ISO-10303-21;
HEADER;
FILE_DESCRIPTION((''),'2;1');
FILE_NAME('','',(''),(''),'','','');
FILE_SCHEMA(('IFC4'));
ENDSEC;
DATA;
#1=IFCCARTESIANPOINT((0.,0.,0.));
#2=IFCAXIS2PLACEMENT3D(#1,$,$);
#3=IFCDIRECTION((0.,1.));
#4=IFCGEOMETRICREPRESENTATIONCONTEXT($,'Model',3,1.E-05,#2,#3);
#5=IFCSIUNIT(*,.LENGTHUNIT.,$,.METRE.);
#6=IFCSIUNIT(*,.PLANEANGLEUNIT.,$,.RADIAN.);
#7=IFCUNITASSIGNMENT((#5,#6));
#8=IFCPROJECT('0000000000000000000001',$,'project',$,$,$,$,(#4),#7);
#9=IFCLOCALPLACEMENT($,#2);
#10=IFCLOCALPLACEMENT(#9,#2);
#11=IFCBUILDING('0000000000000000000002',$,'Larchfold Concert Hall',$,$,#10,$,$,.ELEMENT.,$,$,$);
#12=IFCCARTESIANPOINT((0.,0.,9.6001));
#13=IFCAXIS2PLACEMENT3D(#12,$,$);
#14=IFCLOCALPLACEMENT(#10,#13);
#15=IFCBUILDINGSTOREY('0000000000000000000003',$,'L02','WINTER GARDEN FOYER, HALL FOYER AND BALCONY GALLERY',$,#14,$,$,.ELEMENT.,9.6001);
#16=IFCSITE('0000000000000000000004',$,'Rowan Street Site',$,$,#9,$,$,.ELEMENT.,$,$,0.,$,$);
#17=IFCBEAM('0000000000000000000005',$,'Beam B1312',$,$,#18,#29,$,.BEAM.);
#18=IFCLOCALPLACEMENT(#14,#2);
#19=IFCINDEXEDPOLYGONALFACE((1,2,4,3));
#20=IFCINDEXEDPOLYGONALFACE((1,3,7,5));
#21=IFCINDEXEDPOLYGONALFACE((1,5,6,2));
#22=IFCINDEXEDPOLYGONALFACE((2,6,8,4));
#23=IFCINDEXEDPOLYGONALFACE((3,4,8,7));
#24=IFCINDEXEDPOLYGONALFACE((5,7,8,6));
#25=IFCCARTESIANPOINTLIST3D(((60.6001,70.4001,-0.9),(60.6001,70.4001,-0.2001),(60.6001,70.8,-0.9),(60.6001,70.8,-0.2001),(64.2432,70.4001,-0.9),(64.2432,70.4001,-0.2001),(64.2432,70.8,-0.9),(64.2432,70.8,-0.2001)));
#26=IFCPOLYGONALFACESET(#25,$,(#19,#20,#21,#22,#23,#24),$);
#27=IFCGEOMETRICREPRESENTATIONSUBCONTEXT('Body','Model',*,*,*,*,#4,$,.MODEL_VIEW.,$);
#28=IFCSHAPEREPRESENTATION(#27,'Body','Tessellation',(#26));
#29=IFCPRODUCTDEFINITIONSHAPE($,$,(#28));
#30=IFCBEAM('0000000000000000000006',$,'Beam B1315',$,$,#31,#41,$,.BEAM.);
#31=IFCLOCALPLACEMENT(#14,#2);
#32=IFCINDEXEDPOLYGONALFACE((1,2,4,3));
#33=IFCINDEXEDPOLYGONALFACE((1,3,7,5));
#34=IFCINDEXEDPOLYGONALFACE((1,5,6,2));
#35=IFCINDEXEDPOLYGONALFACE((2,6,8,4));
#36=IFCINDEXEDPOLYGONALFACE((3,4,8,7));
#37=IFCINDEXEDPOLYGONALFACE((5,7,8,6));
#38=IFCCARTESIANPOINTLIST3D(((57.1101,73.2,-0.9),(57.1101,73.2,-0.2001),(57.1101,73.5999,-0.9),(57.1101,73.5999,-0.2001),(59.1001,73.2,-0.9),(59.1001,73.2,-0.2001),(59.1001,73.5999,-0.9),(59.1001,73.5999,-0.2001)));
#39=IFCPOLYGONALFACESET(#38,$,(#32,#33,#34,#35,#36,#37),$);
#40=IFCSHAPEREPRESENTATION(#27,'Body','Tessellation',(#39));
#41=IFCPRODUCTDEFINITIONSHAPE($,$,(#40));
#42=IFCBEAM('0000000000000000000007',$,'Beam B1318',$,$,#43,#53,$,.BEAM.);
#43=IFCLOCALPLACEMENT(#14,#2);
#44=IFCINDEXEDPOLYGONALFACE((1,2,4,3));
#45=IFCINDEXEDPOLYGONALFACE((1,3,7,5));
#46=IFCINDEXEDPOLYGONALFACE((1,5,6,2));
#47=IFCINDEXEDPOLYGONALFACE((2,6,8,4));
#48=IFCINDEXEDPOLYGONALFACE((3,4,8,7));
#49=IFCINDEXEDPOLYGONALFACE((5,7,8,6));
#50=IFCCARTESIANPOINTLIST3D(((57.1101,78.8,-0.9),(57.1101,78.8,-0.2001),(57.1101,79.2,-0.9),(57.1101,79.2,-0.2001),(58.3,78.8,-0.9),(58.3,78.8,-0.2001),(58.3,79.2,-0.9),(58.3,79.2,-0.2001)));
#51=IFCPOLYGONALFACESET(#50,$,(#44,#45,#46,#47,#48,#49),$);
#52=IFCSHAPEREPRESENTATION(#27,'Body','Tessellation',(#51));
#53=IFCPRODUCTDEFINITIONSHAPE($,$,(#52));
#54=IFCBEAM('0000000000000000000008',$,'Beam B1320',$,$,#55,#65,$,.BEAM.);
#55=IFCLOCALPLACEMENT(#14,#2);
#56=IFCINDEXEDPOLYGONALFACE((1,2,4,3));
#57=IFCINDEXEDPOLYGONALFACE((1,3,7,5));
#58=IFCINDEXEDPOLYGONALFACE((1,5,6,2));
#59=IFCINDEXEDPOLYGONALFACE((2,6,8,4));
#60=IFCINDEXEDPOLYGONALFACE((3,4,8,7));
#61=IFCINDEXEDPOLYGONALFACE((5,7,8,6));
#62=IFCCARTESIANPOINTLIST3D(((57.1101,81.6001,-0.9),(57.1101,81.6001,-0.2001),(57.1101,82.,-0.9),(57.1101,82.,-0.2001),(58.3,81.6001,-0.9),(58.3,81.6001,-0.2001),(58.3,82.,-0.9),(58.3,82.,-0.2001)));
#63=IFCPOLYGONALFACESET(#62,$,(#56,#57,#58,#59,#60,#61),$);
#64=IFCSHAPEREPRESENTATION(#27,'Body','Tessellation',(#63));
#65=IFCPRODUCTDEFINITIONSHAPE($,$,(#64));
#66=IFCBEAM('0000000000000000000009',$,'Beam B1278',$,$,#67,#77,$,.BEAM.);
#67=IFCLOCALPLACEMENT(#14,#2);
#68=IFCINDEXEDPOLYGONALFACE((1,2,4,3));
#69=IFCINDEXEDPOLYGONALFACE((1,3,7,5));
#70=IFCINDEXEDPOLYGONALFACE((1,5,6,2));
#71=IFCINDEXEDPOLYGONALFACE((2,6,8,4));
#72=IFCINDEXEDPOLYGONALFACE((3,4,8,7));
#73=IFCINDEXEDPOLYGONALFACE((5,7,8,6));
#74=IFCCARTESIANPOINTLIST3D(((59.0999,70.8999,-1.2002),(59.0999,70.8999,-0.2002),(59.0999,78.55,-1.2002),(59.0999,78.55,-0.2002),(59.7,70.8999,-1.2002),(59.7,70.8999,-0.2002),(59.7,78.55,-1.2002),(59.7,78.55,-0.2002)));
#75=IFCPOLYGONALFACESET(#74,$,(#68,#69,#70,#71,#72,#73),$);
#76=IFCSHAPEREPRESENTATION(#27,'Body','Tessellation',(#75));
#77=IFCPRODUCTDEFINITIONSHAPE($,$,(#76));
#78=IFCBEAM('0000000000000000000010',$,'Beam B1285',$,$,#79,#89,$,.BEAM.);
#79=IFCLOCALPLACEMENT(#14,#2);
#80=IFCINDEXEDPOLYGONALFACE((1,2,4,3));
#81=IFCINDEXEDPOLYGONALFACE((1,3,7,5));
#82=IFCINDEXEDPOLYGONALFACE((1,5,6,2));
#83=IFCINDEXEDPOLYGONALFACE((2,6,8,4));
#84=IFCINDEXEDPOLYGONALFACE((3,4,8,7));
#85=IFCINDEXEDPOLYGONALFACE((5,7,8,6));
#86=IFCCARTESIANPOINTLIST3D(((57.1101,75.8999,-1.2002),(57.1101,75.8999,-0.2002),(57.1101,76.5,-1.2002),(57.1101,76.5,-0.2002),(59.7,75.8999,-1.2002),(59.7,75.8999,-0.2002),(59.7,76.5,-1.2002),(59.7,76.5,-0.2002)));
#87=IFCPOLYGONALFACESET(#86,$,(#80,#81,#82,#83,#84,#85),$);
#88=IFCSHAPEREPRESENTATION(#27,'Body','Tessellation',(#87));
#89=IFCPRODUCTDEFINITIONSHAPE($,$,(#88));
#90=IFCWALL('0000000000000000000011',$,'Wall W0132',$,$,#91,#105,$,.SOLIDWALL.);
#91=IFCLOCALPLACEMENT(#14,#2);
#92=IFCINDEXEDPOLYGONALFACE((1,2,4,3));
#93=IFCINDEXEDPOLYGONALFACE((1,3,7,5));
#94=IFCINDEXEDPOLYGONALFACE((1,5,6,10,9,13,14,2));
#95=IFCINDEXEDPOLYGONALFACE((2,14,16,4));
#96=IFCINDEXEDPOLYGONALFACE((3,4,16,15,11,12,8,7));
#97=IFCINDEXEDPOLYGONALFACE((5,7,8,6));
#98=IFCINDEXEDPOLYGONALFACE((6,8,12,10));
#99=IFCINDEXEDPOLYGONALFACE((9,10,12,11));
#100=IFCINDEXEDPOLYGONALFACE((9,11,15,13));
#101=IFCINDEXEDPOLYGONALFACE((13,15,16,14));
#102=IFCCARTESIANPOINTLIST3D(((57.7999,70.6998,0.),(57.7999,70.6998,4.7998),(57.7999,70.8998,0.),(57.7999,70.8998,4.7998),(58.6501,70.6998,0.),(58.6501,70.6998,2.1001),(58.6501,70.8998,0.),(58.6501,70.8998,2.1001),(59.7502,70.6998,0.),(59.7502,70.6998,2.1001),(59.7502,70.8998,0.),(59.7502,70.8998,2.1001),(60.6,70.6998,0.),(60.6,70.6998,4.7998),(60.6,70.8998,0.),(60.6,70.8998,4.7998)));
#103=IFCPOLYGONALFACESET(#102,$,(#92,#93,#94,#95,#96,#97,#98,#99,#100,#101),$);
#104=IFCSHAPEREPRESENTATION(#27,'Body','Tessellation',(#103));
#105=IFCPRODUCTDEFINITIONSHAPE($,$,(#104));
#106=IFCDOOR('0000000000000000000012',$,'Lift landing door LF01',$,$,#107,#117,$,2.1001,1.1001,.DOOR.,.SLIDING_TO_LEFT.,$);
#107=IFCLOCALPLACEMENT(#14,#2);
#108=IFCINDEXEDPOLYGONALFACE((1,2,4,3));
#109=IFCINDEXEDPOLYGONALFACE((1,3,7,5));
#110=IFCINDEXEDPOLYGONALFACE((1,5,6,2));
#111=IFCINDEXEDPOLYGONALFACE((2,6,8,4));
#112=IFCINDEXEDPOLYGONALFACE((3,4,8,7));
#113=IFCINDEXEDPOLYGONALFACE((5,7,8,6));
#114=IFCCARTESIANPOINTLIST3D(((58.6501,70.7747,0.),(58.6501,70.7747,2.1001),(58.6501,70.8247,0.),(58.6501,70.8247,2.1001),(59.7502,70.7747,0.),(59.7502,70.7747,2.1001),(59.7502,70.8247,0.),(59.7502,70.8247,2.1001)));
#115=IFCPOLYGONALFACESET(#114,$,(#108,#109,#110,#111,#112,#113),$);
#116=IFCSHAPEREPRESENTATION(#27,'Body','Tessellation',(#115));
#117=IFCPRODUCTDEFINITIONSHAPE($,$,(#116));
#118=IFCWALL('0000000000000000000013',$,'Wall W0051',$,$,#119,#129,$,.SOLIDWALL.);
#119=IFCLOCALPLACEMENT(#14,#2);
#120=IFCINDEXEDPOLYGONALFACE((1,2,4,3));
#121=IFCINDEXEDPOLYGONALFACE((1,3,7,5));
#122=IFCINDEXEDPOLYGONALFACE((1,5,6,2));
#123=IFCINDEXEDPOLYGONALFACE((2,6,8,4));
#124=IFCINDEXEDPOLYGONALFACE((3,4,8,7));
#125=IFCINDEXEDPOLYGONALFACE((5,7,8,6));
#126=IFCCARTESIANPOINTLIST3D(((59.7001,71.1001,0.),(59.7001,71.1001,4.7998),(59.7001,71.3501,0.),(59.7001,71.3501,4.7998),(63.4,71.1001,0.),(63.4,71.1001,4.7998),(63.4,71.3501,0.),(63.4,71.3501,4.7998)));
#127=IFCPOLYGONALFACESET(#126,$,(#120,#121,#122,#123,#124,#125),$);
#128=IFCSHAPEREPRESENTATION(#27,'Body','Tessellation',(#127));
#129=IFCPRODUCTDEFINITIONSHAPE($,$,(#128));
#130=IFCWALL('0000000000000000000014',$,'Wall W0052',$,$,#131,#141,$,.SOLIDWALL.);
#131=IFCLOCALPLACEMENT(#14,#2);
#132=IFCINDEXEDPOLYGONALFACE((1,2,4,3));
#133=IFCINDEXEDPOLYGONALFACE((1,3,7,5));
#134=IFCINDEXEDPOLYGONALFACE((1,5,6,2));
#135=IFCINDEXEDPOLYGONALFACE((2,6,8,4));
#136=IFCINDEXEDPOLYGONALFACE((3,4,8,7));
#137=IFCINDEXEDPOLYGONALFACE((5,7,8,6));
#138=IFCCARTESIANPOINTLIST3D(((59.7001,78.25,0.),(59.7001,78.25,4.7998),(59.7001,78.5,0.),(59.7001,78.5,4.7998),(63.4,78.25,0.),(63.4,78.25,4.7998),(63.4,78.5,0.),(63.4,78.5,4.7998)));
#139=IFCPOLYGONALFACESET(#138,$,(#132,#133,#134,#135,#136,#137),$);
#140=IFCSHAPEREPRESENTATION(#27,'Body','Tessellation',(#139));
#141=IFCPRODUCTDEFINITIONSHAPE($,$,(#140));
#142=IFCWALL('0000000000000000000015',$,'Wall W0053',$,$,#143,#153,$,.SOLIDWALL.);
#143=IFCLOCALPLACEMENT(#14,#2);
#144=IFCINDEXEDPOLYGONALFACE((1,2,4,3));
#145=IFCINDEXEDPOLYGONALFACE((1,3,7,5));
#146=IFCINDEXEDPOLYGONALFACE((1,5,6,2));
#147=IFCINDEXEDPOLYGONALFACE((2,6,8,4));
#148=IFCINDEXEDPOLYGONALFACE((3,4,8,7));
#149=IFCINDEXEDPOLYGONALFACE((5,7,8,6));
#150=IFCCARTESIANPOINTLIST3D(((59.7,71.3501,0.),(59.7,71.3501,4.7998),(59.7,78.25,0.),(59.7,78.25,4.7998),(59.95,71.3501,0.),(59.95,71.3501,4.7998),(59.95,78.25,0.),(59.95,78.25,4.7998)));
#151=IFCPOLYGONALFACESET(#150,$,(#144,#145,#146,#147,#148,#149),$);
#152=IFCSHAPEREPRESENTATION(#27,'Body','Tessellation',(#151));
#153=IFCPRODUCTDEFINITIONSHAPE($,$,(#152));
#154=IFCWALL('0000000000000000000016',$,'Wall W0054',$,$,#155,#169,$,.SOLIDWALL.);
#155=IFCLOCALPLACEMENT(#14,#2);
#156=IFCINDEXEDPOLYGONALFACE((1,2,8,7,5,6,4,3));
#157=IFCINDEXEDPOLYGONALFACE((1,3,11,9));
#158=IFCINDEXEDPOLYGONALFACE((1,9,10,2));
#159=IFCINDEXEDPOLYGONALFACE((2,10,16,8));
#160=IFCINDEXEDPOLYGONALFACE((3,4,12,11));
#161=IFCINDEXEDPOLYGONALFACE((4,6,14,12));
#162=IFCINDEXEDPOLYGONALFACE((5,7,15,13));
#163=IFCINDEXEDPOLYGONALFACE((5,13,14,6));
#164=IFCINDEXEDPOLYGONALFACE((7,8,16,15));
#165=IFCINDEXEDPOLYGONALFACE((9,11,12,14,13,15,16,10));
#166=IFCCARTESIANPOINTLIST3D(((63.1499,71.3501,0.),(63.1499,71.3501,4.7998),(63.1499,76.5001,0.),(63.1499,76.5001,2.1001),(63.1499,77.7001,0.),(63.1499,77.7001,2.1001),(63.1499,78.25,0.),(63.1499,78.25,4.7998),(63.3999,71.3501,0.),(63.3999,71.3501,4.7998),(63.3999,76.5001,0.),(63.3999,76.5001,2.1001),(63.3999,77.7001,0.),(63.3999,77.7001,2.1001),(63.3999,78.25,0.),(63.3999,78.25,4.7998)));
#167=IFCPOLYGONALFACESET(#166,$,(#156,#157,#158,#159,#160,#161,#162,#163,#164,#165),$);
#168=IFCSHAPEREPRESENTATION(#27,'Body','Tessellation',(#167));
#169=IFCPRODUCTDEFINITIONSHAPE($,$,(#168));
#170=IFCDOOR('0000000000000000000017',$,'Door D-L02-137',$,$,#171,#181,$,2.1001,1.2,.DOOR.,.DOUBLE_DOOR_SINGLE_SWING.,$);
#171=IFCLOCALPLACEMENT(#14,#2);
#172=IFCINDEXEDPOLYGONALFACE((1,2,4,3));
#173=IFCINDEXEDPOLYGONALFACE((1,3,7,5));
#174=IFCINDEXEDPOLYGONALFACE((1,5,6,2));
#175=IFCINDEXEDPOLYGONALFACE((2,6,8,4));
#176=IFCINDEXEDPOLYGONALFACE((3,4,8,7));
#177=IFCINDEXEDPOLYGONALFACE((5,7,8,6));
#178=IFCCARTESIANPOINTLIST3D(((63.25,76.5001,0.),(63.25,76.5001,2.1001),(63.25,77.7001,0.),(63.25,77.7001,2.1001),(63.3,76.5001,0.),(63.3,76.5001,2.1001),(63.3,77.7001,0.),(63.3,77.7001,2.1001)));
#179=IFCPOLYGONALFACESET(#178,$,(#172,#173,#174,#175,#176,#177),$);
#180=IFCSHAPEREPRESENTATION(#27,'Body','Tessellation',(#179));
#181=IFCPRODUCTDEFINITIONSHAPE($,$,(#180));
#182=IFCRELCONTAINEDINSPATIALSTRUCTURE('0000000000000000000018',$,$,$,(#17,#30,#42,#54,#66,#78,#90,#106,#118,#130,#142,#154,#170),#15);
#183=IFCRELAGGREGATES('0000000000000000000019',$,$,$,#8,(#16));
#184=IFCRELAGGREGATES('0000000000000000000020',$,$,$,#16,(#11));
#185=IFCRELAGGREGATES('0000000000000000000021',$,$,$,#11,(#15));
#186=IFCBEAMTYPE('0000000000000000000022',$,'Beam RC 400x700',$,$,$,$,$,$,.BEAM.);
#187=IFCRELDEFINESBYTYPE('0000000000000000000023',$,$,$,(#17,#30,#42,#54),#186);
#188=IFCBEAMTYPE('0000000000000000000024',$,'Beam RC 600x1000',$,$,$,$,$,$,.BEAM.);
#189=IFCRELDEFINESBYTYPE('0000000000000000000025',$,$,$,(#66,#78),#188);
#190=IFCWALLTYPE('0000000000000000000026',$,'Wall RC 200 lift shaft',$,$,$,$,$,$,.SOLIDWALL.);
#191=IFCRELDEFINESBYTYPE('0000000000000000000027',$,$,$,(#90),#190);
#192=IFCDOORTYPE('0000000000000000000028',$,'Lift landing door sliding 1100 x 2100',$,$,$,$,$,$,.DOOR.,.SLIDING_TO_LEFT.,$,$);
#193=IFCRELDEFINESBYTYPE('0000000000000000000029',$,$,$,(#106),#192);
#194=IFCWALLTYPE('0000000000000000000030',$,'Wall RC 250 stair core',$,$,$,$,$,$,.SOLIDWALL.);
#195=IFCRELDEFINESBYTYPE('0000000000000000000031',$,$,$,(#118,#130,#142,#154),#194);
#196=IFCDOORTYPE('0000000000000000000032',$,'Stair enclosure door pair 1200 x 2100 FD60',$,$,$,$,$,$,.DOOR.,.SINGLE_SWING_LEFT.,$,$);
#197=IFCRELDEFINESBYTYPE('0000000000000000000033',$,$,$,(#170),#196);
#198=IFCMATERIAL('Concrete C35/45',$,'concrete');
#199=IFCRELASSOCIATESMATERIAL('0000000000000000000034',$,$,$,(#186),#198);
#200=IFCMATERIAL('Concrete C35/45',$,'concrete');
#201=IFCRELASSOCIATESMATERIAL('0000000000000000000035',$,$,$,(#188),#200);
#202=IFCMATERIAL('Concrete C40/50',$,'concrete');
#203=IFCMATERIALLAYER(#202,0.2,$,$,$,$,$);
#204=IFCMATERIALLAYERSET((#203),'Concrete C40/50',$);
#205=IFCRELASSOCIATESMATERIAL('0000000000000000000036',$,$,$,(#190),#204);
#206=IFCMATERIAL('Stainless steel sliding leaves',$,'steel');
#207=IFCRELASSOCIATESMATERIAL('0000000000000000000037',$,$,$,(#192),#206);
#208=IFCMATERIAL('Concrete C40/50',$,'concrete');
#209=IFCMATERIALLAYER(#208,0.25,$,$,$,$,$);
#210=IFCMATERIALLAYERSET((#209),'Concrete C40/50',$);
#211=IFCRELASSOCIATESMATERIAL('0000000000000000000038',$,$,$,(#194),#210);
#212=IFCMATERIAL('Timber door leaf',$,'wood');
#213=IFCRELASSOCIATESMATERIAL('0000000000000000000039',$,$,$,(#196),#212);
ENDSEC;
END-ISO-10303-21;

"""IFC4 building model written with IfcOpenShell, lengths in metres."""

from ifc_helpers import new_model, si_unit, direction, frame, frame_2d, origin, origin_2d, place, context, subcontext, project, spatial, rectangle, extrude, material, layer, layer_set, material_profile, profile_set, type_object, element, fill, save


model = new_model("IFC4")

# Units and contexts
model_context = context("Model", 3, precision=1e-05, world=origin(), true_north=direction((0.0, 1.0)))
body_context = subcontext(model_context, "Body", "Model", "MODEL_VIEW")
ifc_project = project(units=[si_unit("LENGTHUNIT", "METRE"), si_unit("PLANEANGLEUNIT", "RADIAN")], contexts=[model_context])

# Site, building, storey
site_placement = place(None, origin())
site = spatial("IfcSite", under=ifc_project, at=site_placement, Name="Rowan Street Site", CompositionType="ELEMENT", RefElevation=0.0)
building_placement = place(site_placement, origin())
building = spatial("IfcBuilding", under=site, at=building_placement, Name="Larchfold Concert Hall", CompositionType="ELEMENT")
storey_placement = place(building_placement, frame((0.0, 0.0, 9.6001)))
storey = spatial("IfcBuildingStorey", under=building, at=storey_placement, Name="L02", Description="WINTER GARDEN FOYER, HALL FOYER AND BALCONY GALLERY", CompositionType="ELEMENT", Elevation=9.6001)

# Beams
ifc_material_1 = material(Name="Concrete C35/45", Category="concrete")
ifc_material_profile_1 = material_profile(ifc_material_1, rectangle(XDim=0.3999, YDim=0.7, at=origin_2d()))
ifc_profile_set_1 = profile_set([ifc_material_profile_1], Name="Concrete C35/45")
beam_type_1 = type_object("IfcBeamType", Name="Beam RC 400x700", PredefinedType="BEAM", material=ifc_profile_set_1)
beam_1_placement = place(storey_placement, frame((60.6001, 70.6001, -0.55), z_axis=(1.0, 0.0, 0.0), x_axis=(0.0, 1.0, 0.0)))
element("IfcBeam", 1, at=beam_1_placement, inside=storey, type_object=beam_type_1, Name="Beam B1312", PredefinedType="BEAM", context=body_context, shape_type="SweptSolid", body=[
    extrude(rectangle(XDim=0.3999, YDim=0.7, at=origin_2d()), origin(), (0.0, 0.0, 1.0), 3.6431),
])
beam_2_placement = place(storey_placement, frame((57.1101, 73.3999, -0.55), z_axis=(1.0, 0.0, 0.0), x_axis=(0.0, 1.0, 0.0)))
element("IfcBeam", 2, at=beam_2_placement, inside=storey, type_object=beam_type_1, Name="Beam B1315", PredefinedType="BEAM", context=body_context, shape_type="SweptSolid", body=[
    extrude(rectangle(XDim=0.3999, YDim=0.7, at=origin_2d()), origin(), (0.0, 0.0, 1.0), 1.99),
])
for number, where, z_axis, x_axis, name in (
    (3, (57.1101, 79.0, -0.55), (1.0, 0.0, 0.0), (0.0, 1.0, 0.0), "Beam B1318"),
    (4, (57.1101, 81.8, -0.55), (1.0, 0.0, 0.0), (0.0, 1.0, 0.0), "Beam B1320"),
):
    element("IfcBeam", number, at=place(storey_placement, frame(where, z_axis=z_axis, x_axis=x_axis)), inside=storey, type_object=beam_type_1, Name=name, PredefinedType="BEAM", context=body_context, shape_type="SweptSolid", body=[
        extrude(rectangle(XDim=0.3999, YDim=0.7, at=origin_2d()), origin(), (0.0, 0.0, 1.0), 1.1899),
    ])
ifc_material_2 = material(Name="Concrete C35/45", Category="concrete")
ifc_material_profile_2 = material_profile(ifc_material_2, rectangle(XDim=0.6001, YDim=1.0, at=origin_2d()))
ifc_profile_set_2 = profile_set([ifc_material_profile_2], Name="Concrete C35/45")
beam_type_2 = type_object("IfcBeamType", Name="Beam RC 600x1000", PredefinedType="BEAM", material=ifc_profile_set_2)
beam_3_placement = place(storey_placement, frame((59.3999, 70.8999, -0.7002), z_axis=(0.0, 1.0, 0.0), x_axis=(-1.0, 0.0, 0.0)))
element("IfcBeam", 5, at=beam_3_placement, inside=storey, type_object=beam_type_2, Name="Beam B1278", PredefinedType="BEAM", context=body_context, shape_type="SweptSolid", body=[
    extrude(rectangle(XDim=0.6001, YDim=1.0, at=origin_2d()), origin(), (0.0, 0.0, 1.0), 7.6501),
])
beam_4_placement = place(storey_placement, frame((57.1101, 76.2, -0.7002), z_axis=(1.0, 0.0, 0.0), x_axis=(0.0, 1.0, 0.0)))
element("IfcBeam", 6, at=beam_4_placement, inside=storey, type_object=beam_type_2, Name="Beam B1285", PredefinedType="BEAM", context=body_context, shape_type="SweptSolid", body=[
    extrude(rectangle(XDim=0.6001, YDim=1.0, at=origin_2d()), origin(), (0.0, 0.0, 1.0), 2.5898),
])

# Wall, opening, door
ifc_material_3 = material(Name="Concrete C40/50", Category="concrete")
ifc_layer_1 = layer(ifc_material_3, 0.2)
ifc_layer_set_1 = layer_set([ifc_layer_1], Name="Concrete C40/50")
wall_type_1 = type_object("IfcWallType", Name="Wall RC 200 lift shaft", PredefinedType="SOLIDWALL", material=ifc_layer_set_1)
wall_1_placement = place(storey_placement, frame((57.8, 70.7998, 0.0), z_axis=(0.0, 0.0, 1.0), x_axis=(1.0, 0.0, 0.0)))
wall_1 = element("IfcWall", 7, at=wall_1_placement, inside=storey, type_object=wall_type_1, Name="Wall W0132", PredefinedType="SOLIDWALL", context=body_context, shape_type="SweptSolid", body=[
    extrude(rectangle(XDim=2.8, YDim=0.2, at=frame_2d((1.3999, 0.0))), origin(), (0.0, 0.0, 1.0), 4.7998),
])
opening_1_placement = place(wall_1_placement, frame((0.8501, 0.0, 0.0)))
opening_1 = element("IfcOpeningElement", 8, at=opening_1_placement, cuts=wall_1, PredefinedType="OPENING", context=body_context, shape_type="SweptSolid", body=[
    extrude(rectangle(XDim=1.1001, YDim=2.1001, at=frame_2d((0.55, 1.05))), frame((0.0, 0.1099, 0.0), z_axis=(0.0, -1.0, 0.0), x_axis=(1.0, 0.0, 0.0)), (0.0, 0.0, 1.0), 0.22),
])
ifc_material_4 = material(Name="Stainless steel sliding leaves", Category="steel")
door_type_1 = type_object("IfcDoorType", Name="Lift landing door sliding 1100 x 2100", OperationType="SLIDING_TO_LEFT", PredefinedType="DOOR", material=ifc_material_4)
door_1_placement = place(opening_1_placement, origin())
door_1 = element("IfcDoor", 9, at=door_1_placement, inside=storey, type_object=door_type_1, Name="Lift landing door LF01", OperationType="SLIDING_TO_LEFT", OverallHeight=2.1001, OverallWidth=1.1001, PredefinedType="DOOR", context=body_context, shape_type="SweptSolid", body=[
    extrude(rectangle(XDim=1.1001, YDim=2.1001, at=frame_2d((0.55, 1.05))), frame((0.0, 0.0249, 0.0), z_axis=(0.0, -1.0, 0.0), x_axis=(1.0, 0.0, 0.0)), (0.0, 0.0, 1.0), 0.05),
])
fill(opening_1, door_1)

# Walls
ifc_material_5 = material(Name="Concrete C40/50", Category="concrete")
ifc_layer_2 = layer(ifc_material_5, 0.25)
ifc_layer_set_2 = layer_set([ifc_layer_2], Name="Concrete C40/50")
wall_type_2 = type_object("IfcWallType", Name="Wall RC 250 stair core", PredefinedType="SOLIDWALL", material=ifc_layer_set_2)
for number, where, z_axis, x_axis, name in (
    (10, (59.7, 71.2251, 0.0), (0.0, 0.0, 1.0), (1.0, 0.0, 0.0), "Wall W0051"),
    (11, (59.7, 78.375, 0.0), (0.0, 0.0, 1.0), (1.0, 0.0, 0.0), "Wall W0052"),
):
    element("IfcWall", number, at=place(storey_placement, frame(where, z_axis=z_axis, x_axis=x_axis)), inside=storey, type_object=wall_type_2, Name=name, PredefinedType="SOLIDWALL", context=body_context, shape_type="SweptSolid", body=[
        extrude(rectangle(XDim=3.7, YDim=0.25, at=frame_2d((1.8501, 0.0))), origin(), (0.0, 0.0, 1.0), 4.7998),
    ])
wall_2_placement = place(storey_placement, frame((59.825, 71.3501, 0.0), z_axis=(0.0, 0.0, 1.0), x_axis=(0.0, 1.0, 0.0)))
element("IfcWall", 12, at=wall_2_placement, inside=storey, type_object=wall_type_2, Name="Wall W0053", PredefinedType="SOLIDWALL", context=body_context, shape_type="SweptSolid", body=[
    extrude(rectangle(XDim=6.8999, YDim=0.25, at=frame_2d((3.45, 0.0))), origin(), (0.0, 0.0, 1.0), 4.7998),
])

# Wall, opening, door
wall_3_placement = place(storey_placement, frame((63.2749, 71.3501, 0.0), z_axis=(0.0, 0.0, 1.0), x_axis=(0.0, 1.0, 0.0)))
wall_3 = element("IfcWall", 13, at=wall_3_placement, inside=storey, type_object=wall_type_2, Name="Wall W0054", PredefinedType="SOLIDWALL", context=body_context, shape_type="SweptSolid", body=[
    extrude(rectangle(XDim=6.8999, YDim=0.25, at=frame_2d((3.45, 0.0))), origin(), (0.0, 0.0, 1.0), 4.7998),
])
opening_2_placement = place(wall_3_placement, frame((5.1499, 0.0, 0.0)))
opening_2 = element("IfcOpeningElement", 14, at=opening_2_placement, cuts=wall_3, PredefinedType="OPENING", context=body_context, shape_type="SweptSolid", body=[
    extrude(rectangle(XDim=1.2, YDim=2.1001, at=frame_2d((0.6001, 1.05))), frame((0.0, 0.135, 0.0), z_axis=(0.0, -1.0, 0.0), x_axis=(1.0, 0.0, 0.0)), (0.0, 0.0, 1.0), 0.27),
])
ifc_material_6 = material(Name="Timber door leaf", Category="wood")
door_type_2 = type_object("IfcDoorType", Name="Stair enclosure door pair 1200 x 2100 FD60", OperationType="SINGLE_SWING_LEFT", PredefinedType="DOOR", material=ifc_material_6)
door_2_placement = place(opening_2_placement, origin())
door_2 = element("IfcDoor", 15, at=door_2_placement, inside=storey, type_object=door_type_2, Name="Door D-L02-137", OperationType="DOUBLE_DOOR_SINGLE_SWING", OverallHeight=2.1001, OverallWidth=1.2, PredefinedType="DOOR", context=body_context, shape_type="SweptSolid", body=[
    extrude(rectangle(XDim=1.2, YDim=2.1001, at=frame_2d((0.6001, 1.05))), frame((0.0, 0.0249, 0.0), z_axis=(0.0, -1.0, 0.0), x_axis=(1.0, 0.0, 0.0)), (0.0, 0.0, 1.0), 0.05),
])
fill(opening_2, door_2)

save(model, "model.ifc")
